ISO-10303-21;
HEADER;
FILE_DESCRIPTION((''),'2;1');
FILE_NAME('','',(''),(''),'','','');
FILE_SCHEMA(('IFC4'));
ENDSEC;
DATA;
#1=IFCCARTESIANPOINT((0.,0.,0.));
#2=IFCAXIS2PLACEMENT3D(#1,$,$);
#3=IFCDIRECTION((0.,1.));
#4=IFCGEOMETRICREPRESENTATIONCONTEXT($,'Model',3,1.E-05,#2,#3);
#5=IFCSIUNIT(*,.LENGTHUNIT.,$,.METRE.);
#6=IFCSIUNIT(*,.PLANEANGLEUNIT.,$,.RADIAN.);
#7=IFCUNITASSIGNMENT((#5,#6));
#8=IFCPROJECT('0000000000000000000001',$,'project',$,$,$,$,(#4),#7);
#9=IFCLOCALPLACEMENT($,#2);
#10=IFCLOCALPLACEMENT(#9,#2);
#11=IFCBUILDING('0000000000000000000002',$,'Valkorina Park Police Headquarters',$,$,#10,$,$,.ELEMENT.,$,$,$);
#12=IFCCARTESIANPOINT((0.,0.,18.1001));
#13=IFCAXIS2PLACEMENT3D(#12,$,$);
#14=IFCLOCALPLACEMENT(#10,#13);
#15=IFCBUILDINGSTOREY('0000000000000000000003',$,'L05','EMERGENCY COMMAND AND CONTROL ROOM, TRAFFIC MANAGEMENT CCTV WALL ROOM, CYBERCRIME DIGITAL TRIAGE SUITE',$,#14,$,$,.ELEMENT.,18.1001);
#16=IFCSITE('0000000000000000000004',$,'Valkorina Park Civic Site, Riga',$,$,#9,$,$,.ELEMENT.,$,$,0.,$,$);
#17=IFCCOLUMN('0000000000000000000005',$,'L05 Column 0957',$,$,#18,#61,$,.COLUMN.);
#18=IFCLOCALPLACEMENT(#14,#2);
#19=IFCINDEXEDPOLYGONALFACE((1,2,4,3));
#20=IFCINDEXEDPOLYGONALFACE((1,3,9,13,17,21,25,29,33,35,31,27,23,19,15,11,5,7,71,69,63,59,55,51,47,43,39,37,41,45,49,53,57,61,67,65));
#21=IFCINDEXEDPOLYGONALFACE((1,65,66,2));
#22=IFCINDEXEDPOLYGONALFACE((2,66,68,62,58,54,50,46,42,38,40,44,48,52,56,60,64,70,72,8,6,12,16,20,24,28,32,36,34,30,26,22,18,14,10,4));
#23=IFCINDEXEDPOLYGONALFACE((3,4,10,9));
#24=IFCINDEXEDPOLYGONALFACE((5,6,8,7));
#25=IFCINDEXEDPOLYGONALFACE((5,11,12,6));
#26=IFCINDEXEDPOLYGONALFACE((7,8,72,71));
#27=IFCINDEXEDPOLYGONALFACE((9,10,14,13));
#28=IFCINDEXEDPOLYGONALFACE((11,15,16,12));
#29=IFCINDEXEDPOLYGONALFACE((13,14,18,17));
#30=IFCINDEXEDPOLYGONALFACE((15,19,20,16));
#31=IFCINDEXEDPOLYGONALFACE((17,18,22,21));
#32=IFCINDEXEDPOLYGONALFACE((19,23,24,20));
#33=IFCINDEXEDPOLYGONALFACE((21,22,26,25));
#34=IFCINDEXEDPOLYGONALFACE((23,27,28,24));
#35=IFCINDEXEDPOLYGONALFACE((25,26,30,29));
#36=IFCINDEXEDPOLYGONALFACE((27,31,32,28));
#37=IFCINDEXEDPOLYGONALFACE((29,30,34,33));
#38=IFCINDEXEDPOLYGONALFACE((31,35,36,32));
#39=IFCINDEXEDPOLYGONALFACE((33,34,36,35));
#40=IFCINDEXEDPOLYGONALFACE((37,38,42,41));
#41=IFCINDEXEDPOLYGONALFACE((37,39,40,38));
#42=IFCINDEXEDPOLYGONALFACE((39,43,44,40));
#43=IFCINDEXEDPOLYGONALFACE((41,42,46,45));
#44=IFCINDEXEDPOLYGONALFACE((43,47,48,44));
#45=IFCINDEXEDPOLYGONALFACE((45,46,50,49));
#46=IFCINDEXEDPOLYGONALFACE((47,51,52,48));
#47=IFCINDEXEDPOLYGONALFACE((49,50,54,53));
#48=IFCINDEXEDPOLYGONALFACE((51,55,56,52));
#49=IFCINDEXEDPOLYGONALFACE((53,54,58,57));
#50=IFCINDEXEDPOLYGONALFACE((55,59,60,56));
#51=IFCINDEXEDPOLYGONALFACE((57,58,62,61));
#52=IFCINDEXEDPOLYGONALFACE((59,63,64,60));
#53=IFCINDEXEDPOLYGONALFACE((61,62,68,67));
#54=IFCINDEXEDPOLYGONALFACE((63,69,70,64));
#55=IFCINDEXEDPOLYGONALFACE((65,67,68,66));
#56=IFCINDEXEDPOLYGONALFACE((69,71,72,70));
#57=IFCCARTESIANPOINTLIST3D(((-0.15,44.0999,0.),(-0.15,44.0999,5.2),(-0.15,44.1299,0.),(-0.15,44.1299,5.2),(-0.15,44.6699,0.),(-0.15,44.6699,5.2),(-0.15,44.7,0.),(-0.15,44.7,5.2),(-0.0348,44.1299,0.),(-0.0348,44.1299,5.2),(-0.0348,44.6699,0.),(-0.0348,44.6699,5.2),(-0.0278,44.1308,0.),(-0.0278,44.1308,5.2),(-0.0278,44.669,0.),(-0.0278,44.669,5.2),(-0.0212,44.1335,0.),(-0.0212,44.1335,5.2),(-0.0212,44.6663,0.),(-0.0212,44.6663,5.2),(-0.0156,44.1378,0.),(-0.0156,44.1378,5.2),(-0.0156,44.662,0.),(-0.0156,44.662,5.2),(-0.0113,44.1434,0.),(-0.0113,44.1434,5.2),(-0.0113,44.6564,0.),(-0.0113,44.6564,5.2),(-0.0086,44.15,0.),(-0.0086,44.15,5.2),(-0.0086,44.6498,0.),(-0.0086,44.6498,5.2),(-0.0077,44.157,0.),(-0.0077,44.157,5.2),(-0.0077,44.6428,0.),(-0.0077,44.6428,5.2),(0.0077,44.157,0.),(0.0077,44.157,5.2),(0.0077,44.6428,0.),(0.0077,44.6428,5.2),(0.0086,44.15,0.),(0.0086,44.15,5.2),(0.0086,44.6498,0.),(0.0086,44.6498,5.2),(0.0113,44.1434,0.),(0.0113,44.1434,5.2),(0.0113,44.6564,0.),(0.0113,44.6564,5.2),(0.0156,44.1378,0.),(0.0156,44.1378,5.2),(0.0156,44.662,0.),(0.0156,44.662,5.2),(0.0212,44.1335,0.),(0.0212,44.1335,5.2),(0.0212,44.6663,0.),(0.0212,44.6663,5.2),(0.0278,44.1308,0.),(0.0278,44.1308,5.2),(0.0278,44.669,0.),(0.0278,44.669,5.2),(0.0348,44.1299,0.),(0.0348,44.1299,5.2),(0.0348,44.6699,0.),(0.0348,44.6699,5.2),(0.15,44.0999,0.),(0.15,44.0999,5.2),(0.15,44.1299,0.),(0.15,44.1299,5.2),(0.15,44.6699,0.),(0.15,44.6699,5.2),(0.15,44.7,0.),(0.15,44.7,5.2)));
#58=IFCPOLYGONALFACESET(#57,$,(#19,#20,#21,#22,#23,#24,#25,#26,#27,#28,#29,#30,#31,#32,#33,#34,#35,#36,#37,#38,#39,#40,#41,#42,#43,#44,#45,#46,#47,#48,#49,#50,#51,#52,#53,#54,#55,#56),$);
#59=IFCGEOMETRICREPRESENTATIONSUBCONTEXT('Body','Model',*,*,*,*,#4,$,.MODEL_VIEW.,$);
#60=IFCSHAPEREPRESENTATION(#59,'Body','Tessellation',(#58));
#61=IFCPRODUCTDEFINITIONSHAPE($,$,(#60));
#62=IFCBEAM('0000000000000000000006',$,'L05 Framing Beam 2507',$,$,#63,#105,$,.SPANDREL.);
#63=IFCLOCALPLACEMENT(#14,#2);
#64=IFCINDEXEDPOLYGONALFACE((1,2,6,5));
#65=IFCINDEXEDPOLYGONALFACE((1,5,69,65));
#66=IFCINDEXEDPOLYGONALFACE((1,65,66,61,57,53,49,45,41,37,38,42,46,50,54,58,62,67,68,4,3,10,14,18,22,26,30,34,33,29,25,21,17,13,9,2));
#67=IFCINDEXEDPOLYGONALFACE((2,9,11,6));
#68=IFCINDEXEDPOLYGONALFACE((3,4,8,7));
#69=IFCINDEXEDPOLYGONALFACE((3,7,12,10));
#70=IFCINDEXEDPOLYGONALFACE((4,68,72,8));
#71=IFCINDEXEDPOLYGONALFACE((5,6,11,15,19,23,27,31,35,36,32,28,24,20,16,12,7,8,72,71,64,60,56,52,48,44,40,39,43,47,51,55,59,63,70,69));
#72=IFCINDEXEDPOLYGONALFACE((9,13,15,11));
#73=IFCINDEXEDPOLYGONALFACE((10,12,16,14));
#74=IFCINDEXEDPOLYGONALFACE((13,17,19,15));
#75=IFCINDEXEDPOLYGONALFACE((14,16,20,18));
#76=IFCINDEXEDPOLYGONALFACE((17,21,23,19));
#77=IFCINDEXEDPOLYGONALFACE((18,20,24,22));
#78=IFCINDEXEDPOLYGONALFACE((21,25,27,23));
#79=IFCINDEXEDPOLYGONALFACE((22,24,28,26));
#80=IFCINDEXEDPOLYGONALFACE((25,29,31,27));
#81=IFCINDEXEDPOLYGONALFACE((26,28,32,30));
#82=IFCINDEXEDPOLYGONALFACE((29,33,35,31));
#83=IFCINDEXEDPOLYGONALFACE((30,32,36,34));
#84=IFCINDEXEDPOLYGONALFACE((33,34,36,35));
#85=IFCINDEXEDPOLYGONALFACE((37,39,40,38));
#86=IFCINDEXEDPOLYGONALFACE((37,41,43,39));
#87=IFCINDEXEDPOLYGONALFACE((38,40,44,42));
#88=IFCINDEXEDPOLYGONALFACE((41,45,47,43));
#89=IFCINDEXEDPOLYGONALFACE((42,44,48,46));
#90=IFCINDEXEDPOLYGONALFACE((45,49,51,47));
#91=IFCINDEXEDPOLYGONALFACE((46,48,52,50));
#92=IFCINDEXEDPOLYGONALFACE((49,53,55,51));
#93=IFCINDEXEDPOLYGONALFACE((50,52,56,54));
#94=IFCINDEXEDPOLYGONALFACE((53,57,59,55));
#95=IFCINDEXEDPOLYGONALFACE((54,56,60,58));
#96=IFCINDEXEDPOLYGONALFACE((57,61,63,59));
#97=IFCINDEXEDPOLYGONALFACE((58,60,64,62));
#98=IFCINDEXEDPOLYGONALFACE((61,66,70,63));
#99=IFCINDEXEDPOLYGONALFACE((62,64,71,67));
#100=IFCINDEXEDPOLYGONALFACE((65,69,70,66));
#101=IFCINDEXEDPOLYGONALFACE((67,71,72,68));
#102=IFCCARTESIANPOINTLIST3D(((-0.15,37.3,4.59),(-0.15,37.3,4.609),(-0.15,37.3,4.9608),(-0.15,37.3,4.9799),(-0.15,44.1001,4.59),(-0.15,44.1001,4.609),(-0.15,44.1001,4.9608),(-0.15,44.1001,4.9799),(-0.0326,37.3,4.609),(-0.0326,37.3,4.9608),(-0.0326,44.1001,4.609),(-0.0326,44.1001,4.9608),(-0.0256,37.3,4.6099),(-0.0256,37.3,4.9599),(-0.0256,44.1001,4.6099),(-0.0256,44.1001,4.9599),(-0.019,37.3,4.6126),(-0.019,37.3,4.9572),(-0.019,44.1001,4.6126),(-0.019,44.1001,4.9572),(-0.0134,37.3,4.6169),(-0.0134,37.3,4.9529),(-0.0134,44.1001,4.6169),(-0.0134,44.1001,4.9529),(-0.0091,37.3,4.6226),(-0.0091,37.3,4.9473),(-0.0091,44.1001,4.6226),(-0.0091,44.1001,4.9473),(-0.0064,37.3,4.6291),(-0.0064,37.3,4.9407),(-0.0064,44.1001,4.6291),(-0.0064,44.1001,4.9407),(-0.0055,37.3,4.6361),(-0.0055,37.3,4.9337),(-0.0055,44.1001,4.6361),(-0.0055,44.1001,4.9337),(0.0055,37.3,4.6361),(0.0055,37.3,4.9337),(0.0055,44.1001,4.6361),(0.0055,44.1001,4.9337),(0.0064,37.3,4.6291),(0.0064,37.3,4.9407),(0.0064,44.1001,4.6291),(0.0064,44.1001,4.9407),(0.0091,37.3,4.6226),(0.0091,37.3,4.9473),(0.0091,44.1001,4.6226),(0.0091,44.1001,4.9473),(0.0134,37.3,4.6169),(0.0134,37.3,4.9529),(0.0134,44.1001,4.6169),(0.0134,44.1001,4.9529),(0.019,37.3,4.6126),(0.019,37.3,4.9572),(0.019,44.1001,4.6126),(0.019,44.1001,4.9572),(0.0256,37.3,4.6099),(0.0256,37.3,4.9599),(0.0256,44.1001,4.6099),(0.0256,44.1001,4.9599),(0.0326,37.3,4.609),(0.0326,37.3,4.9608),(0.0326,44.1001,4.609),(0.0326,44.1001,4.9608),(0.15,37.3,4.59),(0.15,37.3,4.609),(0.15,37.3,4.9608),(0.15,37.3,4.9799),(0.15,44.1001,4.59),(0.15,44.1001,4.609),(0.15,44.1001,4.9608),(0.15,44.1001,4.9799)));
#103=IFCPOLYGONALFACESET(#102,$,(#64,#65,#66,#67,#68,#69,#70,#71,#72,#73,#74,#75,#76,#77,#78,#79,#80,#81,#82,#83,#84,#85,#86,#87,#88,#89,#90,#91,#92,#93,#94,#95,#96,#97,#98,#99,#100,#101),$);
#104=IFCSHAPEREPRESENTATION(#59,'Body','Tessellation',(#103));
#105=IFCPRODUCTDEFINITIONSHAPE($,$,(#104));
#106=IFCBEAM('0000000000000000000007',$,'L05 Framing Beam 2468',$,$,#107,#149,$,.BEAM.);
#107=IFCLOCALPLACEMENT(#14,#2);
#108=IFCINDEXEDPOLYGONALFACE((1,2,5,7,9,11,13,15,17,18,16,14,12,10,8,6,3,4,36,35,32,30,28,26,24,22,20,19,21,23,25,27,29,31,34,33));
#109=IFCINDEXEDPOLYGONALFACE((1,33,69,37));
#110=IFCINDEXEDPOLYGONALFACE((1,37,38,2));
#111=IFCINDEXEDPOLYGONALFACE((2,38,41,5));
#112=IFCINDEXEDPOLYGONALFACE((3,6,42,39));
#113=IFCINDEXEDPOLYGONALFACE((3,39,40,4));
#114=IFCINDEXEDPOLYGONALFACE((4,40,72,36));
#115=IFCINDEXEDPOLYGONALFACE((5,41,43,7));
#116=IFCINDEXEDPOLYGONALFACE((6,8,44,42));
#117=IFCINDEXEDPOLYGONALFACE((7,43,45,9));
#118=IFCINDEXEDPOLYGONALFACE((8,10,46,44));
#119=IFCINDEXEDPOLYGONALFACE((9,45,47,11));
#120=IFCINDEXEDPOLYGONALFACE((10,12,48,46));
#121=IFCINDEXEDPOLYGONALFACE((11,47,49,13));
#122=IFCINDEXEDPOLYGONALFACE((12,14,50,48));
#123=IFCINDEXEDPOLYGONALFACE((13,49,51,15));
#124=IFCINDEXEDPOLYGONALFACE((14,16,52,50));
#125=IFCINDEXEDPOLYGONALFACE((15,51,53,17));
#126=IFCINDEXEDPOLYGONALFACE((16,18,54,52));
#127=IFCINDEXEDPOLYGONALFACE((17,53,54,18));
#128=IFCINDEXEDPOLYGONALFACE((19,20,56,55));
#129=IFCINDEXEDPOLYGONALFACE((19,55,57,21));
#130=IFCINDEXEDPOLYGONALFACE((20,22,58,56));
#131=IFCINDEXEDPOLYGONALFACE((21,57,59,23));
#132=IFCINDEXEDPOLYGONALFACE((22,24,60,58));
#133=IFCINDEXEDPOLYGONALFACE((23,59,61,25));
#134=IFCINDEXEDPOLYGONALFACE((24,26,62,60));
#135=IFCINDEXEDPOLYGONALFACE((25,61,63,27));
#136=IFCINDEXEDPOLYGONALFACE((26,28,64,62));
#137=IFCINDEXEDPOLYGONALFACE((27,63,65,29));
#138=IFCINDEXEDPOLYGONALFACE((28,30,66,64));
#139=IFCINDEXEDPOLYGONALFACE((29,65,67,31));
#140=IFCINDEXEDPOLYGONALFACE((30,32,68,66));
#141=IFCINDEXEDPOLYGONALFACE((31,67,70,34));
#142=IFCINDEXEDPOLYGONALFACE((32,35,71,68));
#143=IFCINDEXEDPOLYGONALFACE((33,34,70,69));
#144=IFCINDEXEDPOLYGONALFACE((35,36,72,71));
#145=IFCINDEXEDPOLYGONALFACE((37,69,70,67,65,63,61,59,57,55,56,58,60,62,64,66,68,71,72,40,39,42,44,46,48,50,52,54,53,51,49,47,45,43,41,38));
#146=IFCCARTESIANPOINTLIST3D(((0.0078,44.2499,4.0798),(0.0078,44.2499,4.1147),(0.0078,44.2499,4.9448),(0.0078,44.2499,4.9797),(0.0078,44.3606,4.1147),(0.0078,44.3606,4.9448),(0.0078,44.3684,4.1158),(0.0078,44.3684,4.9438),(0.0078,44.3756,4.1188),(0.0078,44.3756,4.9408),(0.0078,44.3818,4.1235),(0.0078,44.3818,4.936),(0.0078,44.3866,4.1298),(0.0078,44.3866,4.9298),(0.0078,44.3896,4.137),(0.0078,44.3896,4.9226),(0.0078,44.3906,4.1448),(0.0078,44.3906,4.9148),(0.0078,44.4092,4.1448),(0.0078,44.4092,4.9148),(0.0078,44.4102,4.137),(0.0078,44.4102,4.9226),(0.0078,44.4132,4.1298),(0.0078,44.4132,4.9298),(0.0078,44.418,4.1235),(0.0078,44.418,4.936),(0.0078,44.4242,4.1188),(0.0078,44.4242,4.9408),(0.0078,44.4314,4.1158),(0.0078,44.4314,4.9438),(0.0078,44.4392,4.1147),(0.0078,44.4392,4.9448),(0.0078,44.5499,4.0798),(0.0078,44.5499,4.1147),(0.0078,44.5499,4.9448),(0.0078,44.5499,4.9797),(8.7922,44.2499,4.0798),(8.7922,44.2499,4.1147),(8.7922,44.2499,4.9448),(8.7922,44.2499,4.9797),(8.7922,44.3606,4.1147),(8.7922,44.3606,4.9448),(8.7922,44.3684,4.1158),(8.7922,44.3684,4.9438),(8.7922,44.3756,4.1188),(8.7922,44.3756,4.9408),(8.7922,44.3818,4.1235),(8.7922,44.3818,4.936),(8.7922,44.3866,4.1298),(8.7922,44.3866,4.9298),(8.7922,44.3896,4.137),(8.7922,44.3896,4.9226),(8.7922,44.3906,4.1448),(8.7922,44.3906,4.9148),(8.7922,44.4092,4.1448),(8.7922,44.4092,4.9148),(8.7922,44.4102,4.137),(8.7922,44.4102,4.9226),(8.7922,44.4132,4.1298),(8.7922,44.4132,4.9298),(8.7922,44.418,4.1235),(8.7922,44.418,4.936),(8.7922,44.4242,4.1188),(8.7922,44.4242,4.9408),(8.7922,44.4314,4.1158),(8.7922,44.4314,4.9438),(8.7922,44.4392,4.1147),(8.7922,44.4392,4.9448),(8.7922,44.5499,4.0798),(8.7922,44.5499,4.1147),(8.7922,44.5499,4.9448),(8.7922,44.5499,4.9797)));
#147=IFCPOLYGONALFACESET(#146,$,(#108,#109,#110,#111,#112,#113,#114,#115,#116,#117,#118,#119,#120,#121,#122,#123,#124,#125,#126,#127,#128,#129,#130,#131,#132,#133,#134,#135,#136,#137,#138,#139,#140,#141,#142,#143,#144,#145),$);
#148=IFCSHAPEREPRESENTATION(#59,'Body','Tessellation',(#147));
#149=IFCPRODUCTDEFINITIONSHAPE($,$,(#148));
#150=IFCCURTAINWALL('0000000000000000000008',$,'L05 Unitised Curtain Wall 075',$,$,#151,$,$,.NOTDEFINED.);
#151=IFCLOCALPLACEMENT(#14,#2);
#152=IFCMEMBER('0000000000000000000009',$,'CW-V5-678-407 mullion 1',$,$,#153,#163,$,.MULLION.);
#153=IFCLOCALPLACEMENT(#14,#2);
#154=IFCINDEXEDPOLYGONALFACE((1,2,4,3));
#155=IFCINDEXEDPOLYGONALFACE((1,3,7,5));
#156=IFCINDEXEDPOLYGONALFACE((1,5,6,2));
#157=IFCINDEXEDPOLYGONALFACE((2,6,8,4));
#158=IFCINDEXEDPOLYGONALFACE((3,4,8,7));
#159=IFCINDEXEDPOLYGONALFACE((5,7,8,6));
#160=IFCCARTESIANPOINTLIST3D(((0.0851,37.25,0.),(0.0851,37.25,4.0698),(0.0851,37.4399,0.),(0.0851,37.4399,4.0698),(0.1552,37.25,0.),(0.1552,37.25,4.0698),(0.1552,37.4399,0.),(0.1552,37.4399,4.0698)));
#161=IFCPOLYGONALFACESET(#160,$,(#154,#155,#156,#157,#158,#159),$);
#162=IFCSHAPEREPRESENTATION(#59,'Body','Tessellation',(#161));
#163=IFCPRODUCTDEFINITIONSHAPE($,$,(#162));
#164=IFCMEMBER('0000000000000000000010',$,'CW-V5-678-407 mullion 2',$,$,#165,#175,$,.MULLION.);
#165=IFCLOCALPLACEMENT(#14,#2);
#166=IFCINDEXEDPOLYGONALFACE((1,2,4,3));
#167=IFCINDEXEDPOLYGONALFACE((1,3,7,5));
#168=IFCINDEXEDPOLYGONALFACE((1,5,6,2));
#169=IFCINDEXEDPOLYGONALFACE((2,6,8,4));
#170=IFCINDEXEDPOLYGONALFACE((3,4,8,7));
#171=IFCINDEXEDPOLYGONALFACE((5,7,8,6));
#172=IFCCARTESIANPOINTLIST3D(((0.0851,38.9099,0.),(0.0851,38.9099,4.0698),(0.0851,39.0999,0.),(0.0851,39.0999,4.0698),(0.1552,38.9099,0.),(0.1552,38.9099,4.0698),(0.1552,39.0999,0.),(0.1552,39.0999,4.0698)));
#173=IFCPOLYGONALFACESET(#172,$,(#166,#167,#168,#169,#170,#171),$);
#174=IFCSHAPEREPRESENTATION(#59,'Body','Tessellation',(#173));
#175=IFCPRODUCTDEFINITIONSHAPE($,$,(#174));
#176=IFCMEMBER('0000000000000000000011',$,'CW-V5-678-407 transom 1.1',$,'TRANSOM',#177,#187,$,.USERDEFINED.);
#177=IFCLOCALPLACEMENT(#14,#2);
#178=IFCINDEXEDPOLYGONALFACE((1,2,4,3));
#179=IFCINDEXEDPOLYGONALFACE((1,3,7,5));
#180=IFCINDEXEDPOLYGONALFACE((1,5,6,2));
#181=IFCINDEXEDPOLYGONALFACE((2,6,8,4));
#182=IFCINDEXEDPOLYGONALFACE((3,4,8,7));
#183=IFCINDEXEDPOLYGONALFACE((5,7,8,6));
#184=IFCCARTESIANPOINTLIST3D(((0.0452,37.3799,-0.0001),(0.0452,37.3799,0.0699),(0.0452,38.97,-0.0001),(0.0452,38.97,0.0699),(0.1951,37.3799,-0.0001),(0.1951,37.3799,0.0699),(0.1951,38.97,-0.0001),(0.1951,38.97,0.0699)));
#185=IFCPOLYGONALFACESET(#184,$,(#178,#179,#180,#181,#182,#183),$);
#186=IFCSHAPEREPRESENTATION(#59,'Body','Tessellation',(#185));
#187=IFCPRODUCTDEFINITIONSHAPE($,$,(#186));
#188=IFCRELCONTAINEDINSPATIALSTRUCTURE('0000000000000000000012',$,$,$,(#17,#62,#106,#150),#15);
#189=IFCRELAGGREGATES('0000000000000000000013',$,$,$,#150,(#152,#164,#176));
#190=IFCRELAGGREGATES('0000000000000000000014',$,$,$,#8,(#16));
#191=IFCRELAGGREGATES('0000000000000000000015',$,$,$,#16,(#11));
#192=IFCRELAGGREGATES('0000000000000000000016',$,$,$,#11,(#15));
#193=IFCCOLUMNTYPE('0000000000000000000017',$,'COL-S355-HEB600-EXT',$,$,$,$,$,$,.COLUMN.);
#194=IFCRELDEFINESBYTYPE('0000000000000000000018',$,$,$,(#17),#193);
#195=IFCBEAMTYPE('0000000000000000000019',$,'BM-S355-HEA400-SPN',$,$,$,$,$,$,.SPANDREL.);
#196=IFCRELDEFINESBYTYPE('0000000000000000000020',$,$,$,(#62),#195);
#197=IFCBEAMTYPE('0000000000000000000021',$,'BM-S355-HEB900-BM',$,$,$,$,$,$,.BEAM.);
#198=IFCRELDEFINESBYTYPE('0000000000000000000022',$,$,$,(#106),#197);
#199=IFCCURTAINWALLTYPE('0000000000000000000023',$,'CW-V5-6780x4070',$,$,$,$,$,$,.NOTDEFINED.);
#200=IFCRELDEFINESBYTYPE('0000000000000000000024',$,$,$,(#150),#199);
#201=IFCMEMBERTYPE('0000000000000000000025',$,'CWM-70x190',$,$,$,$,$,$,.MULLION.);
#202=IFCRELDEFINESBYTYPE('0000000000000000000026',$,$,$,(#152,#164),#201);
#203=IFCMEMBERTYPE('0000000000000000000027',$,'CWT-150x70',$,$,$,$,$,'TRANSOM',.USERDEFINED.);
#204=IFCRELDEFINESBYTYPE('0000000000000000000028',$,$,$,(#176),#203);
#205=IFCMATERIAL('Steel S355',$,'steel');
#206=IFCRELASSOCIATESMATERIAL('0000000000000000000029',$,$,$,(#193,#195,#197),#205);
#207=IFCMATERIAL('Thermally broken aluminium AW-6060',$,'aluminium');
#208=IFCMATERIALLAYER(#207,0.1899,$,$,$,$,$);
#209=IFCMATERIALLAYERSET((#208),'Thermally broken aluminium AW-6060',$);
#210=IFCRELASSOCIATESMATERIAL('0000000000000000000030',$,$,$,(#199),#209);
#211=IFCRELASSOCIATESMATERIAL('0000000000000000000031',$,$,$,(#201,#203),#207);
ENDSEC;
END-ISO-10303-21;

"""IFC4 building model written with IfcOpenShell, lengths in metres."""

from ifc_helpers import new_model, si_unit, direction, frame, origin, origin_2d, place, context, subcontext, project, spatial, rectangle, i_section, extrude, material, layer, layer_set, material_profile, profile_set, type_object, element, aggregate, save


model = new_model("IFC4")

# Units and contexts
model_context = context("Model", 3, precision=1e-05, world=origin(), true_north=direction((0.0, 1.0)))
body_context = subcontext(model_context, "Body", "Model", "MODEL_VIEW")
ifc_project = project(units=[si_unit("LENGTHUNIT", "METRE"), si_unit("PLANEANGLEUNIT", "RADIAN")], contexts=[model_context])

# Site, building, storey
site_placement = place(None, origin())
site = spatial("IfcSite", under=ifc_project, at=site_placement, Name="Valkorina Park Civic Site, Riga", CompositionType="ELEMENT", RefElevation=0.0)
building_placement = place(site_placement, origin())
building = spatial("IfcBuilding", under=site, at=building_placement, Name="Valkorina Park Police Headquarters", CompositionType="ELEMENT")
storey_placement = place(building_placement, frame((0.0, 0.0, 18.1001)))
storey = spatial("IfcBuildingStorey", under=building, at=storey_placement, Name="L05", Description="EMERGENCY COMMAND AND CONTROL ROOM, TRAFFIC MANAGEMENT CCTV WALL ROOM, CYBERCRIME DIGITAL TRIAGE SUITE", CompositionType="ELEMENT", Elevation=18.1001)

# Column
ifc_material_1 = material(Name="Steel S355", Category="steel")
ifc_material_profile_1 = material_profile(ifc_material_1, i_section(OverallWidth=0.3, OverallDepth=0.6001, WebThickness=0.0154, FlangeThickness=0.03, FilletRadius=0.0271, at=origin_2d()), Name="HEB 600")
ifc_profile_set_1 = profile_set([ifc_material_profile_1], Name="Steel S355")
column_type = type_object("IfcColumnType", Name="COL-S355-HEB600-EXT", PredefinedType="COLUMN", material=ifc_profile_set_1)
column_placement = place(storey_placement, frame((0.0, 44.3999, 0.0), z_axis=(0.0, 0.0, 1.0), x_axis=(1.0, 0.0, 0.0)))
element("IfcColumn", 1, at=column_placement, inside=storey, type_object=column_type, Name="L05 Column 0957", PredefinedType="COLUMN", context=body_context, shape_type="SweptSolid", body=[
    extrude(i_section(OverallWidth=0.3, OverallDepth=0.6001, WebThickness=0.0154, FlangeThickness=0.03, FilletRadius=0.0271, at=origin_2d()), origin(), (0.0, 0.0, 1.0), 5.2),
])

# Beams
ifc_material_profile_2 = material_profile(ifc_material_1, i_section(OverallWidth=0.3, OverallDepth=0.3899, WebThickness=0.011, FlangeThickness=0.019, FilletRadius=0.0271, at=origin_2d()), Name="HEA 400")
ifc_profile_set_2 = profile_set([ifc_material_profile_2], Name="Steel S355")
beam_type_1 = type_object("IfcBeamType", Name="BM-S355-HEA400-SPN", PredefinedType="SPANDREL", material=ifc_profile_set_2)
beam_1_placement = place(storey_placement, frame((0.0, 37.3, 4.7849), z_axis=(0.0, 1.0, 0.0), x_axis=(-1.0, 0.0, 0.0)))
element("IfcBeam", 2, at=beam_1_placement, inside=storey, type_object=beam_type_1, Name="L05 Framing Beam 2507", PredefinedType="SPANDREL", context=body_context, shape_type="SweptSolid", body=[
    extrude(i_section(OverallWidth=0.3, OverallDepth=0.3899, WebThickness=0.011, FlangeThickness=0.019, FilletRadius=0.0271, at=origin_2d()), origin(), (0.0, 0.0, 1.0), 6.8),
])
ifc_material_profile_3 = material_profile(ifc_material_1, i_section(OverallWidth=0.3, OverallDepth=0.8999, WebThickness=0.0186, FlangeThickness=0.0349, FilletRadius=0.03, at=origin_2d()), Name="HEB 900")
ifc_profile_set_3 = profile_set([ifc_material_profile_3], Name="Steel S355")
beam_type_2 = type_object("IfcBeamType", Name="BM-S355-HEB900-BM", PredefinedType="BEAM", material=ifc_profile_set_3)
beam_2_placement = place(storey_placement, frame((0.0078, 44.3999, 4.5298), z_axis=(1.0, 0.0, 0.0), x_axis=(0.0, 1.0, 0.0)))
element("IfcBeam", 3, at=beam_2_placement, inside=storey, type_object=beam_type_2, Name="L05 Framing Beam 2468", PredefinedType="BEAM", context=body_context, shape_type="SweptSolid", body=[
    extrude(i_section(OverallWidth=0.3, OverallDepth=0.8999, WebThickness=0.0186, FlangeThickness=0.0349, FilletRadius=0.03, at=origin_2d()), origin(), (0.0, 0.0, 1.0), 8.7844),
])

# Curtain wall, members
ifc_material_2 = material(Name="Thermally broken aluminium AW-6060", Category="aluminium")
ifc_layer_1 = layer(ifc_material_2, 0.1899)
ifc_layer_set_1 = layer_set([ifc_layer_1], Name="Thermally broken aluminium AW-6060")
curtain_wall_type = type_object("IfcCurtainWallType", Name="CW-V5-6780x4070", PredefinedType="NOTDEFINED", material=ifc_layer_set_1)
curtain_wall_placement = place(storey_placement, origin())
curtain_wall = element("IfcCurtainWall", 4, at=curtain_wall_placement, inside=storey, type_object=curtain_wall_type, Name="L05 Unitised Curtain Wall 075", PredefinedType="NOTDEFINED")
ifc_material_profile_4 = material_profile(ifc_material_2, rectangle(XDim=0.0701, YDim=0.1899, at=origin_2d()), Name="CWM-02 70x190")
ifc_profile_set_4 = profile_set([ifc_material_profile_4], Name="Thermally broken aluminium AW-6060")
member_type_1 = type_object("IfcMemberType", Name="CWM-70x190", PredefinedType="MULLION", material=ifc_profile_set_4)
member_1_placement = place(storey_placement, frame((0.1201, 37.345, 0.0), z_axis=(0.0, 0.0, 1.0), x_axis=(-1.0, 0.0, 0.0)))
member_1 = element("IfcMember", 5, at=member_1_placement, type_object=member_type_1, Name="CW-V5-678-407 mullion 1", PredefinedType="MULLION", context=body_context, shape_type="SweptSolid", body=[
    extrude(rectangle(XDim=0.0701, YDim=0.1899, at=origin_2d()), origin(), (0.0, 0.0, 1.0), 4.0698),
])
member_2_placement = place(storey_placement, frame((0.1201, 39.0049, 0.0), z_axis=(0.0, 0.0, 1.0), x_axis=(-1.0, 0.0, 0.0)))
member_2 = element("IfcMember", 6, at=member_2_placement, type_object=member_type_1, Name="CW-V5-678-407 mullion 2", PredefinedType="MULLION", context=body_context, shape_type="SweptSolid", body=[
    extrude(rectangle(XDim=0.0701, YDim=0.1899, at=origin_2d()), origin(), (0.0, 0.0, 1.0), 4.0698),
])
ifc_material_profile_5 = material_profile(ifc_material_2, rectangle(XDim=0.1499, YDim=0.0701, at=origin_2d()), Name="CWT-02 150x70")
ifc_profile_set_5 = profile_set([ifc_material_profile_5], Name="Thermally broken aluminium AW-6060")
member_type_2 = type_object("IfcMemberType", Name="CWT-150x70", ElementType="TRANSOM", PredefinedType="USERDEFINED", material=ifc_profile_set_5)
member_3_placement = place(storey_placement, frame((0.1201, 37.3799, 0.0349), z_axis=(0.0, 1.0, 0.0), x_axis=(-1.0, 0.0, 0.0)))
member_3 = element("IfcMember", 7, at=member_3_placement, type_object=member_type_2, Name="CW-V5-678-407 transom 1.1", ObjectType="TRANSOM", PredefinedType="USERDEFINED", context=body_context, shape_type="SweptSolid", body=[
    extrude(rectangle(XDim=0.1499, YDim=0.0701, at=origin_2d()), origin(), (0.0, 0.0, 1.0), 1.5901),
])
aggregate(curtain_wall, [member_1, member_2, member_3])

save(model, "model.ifc")
